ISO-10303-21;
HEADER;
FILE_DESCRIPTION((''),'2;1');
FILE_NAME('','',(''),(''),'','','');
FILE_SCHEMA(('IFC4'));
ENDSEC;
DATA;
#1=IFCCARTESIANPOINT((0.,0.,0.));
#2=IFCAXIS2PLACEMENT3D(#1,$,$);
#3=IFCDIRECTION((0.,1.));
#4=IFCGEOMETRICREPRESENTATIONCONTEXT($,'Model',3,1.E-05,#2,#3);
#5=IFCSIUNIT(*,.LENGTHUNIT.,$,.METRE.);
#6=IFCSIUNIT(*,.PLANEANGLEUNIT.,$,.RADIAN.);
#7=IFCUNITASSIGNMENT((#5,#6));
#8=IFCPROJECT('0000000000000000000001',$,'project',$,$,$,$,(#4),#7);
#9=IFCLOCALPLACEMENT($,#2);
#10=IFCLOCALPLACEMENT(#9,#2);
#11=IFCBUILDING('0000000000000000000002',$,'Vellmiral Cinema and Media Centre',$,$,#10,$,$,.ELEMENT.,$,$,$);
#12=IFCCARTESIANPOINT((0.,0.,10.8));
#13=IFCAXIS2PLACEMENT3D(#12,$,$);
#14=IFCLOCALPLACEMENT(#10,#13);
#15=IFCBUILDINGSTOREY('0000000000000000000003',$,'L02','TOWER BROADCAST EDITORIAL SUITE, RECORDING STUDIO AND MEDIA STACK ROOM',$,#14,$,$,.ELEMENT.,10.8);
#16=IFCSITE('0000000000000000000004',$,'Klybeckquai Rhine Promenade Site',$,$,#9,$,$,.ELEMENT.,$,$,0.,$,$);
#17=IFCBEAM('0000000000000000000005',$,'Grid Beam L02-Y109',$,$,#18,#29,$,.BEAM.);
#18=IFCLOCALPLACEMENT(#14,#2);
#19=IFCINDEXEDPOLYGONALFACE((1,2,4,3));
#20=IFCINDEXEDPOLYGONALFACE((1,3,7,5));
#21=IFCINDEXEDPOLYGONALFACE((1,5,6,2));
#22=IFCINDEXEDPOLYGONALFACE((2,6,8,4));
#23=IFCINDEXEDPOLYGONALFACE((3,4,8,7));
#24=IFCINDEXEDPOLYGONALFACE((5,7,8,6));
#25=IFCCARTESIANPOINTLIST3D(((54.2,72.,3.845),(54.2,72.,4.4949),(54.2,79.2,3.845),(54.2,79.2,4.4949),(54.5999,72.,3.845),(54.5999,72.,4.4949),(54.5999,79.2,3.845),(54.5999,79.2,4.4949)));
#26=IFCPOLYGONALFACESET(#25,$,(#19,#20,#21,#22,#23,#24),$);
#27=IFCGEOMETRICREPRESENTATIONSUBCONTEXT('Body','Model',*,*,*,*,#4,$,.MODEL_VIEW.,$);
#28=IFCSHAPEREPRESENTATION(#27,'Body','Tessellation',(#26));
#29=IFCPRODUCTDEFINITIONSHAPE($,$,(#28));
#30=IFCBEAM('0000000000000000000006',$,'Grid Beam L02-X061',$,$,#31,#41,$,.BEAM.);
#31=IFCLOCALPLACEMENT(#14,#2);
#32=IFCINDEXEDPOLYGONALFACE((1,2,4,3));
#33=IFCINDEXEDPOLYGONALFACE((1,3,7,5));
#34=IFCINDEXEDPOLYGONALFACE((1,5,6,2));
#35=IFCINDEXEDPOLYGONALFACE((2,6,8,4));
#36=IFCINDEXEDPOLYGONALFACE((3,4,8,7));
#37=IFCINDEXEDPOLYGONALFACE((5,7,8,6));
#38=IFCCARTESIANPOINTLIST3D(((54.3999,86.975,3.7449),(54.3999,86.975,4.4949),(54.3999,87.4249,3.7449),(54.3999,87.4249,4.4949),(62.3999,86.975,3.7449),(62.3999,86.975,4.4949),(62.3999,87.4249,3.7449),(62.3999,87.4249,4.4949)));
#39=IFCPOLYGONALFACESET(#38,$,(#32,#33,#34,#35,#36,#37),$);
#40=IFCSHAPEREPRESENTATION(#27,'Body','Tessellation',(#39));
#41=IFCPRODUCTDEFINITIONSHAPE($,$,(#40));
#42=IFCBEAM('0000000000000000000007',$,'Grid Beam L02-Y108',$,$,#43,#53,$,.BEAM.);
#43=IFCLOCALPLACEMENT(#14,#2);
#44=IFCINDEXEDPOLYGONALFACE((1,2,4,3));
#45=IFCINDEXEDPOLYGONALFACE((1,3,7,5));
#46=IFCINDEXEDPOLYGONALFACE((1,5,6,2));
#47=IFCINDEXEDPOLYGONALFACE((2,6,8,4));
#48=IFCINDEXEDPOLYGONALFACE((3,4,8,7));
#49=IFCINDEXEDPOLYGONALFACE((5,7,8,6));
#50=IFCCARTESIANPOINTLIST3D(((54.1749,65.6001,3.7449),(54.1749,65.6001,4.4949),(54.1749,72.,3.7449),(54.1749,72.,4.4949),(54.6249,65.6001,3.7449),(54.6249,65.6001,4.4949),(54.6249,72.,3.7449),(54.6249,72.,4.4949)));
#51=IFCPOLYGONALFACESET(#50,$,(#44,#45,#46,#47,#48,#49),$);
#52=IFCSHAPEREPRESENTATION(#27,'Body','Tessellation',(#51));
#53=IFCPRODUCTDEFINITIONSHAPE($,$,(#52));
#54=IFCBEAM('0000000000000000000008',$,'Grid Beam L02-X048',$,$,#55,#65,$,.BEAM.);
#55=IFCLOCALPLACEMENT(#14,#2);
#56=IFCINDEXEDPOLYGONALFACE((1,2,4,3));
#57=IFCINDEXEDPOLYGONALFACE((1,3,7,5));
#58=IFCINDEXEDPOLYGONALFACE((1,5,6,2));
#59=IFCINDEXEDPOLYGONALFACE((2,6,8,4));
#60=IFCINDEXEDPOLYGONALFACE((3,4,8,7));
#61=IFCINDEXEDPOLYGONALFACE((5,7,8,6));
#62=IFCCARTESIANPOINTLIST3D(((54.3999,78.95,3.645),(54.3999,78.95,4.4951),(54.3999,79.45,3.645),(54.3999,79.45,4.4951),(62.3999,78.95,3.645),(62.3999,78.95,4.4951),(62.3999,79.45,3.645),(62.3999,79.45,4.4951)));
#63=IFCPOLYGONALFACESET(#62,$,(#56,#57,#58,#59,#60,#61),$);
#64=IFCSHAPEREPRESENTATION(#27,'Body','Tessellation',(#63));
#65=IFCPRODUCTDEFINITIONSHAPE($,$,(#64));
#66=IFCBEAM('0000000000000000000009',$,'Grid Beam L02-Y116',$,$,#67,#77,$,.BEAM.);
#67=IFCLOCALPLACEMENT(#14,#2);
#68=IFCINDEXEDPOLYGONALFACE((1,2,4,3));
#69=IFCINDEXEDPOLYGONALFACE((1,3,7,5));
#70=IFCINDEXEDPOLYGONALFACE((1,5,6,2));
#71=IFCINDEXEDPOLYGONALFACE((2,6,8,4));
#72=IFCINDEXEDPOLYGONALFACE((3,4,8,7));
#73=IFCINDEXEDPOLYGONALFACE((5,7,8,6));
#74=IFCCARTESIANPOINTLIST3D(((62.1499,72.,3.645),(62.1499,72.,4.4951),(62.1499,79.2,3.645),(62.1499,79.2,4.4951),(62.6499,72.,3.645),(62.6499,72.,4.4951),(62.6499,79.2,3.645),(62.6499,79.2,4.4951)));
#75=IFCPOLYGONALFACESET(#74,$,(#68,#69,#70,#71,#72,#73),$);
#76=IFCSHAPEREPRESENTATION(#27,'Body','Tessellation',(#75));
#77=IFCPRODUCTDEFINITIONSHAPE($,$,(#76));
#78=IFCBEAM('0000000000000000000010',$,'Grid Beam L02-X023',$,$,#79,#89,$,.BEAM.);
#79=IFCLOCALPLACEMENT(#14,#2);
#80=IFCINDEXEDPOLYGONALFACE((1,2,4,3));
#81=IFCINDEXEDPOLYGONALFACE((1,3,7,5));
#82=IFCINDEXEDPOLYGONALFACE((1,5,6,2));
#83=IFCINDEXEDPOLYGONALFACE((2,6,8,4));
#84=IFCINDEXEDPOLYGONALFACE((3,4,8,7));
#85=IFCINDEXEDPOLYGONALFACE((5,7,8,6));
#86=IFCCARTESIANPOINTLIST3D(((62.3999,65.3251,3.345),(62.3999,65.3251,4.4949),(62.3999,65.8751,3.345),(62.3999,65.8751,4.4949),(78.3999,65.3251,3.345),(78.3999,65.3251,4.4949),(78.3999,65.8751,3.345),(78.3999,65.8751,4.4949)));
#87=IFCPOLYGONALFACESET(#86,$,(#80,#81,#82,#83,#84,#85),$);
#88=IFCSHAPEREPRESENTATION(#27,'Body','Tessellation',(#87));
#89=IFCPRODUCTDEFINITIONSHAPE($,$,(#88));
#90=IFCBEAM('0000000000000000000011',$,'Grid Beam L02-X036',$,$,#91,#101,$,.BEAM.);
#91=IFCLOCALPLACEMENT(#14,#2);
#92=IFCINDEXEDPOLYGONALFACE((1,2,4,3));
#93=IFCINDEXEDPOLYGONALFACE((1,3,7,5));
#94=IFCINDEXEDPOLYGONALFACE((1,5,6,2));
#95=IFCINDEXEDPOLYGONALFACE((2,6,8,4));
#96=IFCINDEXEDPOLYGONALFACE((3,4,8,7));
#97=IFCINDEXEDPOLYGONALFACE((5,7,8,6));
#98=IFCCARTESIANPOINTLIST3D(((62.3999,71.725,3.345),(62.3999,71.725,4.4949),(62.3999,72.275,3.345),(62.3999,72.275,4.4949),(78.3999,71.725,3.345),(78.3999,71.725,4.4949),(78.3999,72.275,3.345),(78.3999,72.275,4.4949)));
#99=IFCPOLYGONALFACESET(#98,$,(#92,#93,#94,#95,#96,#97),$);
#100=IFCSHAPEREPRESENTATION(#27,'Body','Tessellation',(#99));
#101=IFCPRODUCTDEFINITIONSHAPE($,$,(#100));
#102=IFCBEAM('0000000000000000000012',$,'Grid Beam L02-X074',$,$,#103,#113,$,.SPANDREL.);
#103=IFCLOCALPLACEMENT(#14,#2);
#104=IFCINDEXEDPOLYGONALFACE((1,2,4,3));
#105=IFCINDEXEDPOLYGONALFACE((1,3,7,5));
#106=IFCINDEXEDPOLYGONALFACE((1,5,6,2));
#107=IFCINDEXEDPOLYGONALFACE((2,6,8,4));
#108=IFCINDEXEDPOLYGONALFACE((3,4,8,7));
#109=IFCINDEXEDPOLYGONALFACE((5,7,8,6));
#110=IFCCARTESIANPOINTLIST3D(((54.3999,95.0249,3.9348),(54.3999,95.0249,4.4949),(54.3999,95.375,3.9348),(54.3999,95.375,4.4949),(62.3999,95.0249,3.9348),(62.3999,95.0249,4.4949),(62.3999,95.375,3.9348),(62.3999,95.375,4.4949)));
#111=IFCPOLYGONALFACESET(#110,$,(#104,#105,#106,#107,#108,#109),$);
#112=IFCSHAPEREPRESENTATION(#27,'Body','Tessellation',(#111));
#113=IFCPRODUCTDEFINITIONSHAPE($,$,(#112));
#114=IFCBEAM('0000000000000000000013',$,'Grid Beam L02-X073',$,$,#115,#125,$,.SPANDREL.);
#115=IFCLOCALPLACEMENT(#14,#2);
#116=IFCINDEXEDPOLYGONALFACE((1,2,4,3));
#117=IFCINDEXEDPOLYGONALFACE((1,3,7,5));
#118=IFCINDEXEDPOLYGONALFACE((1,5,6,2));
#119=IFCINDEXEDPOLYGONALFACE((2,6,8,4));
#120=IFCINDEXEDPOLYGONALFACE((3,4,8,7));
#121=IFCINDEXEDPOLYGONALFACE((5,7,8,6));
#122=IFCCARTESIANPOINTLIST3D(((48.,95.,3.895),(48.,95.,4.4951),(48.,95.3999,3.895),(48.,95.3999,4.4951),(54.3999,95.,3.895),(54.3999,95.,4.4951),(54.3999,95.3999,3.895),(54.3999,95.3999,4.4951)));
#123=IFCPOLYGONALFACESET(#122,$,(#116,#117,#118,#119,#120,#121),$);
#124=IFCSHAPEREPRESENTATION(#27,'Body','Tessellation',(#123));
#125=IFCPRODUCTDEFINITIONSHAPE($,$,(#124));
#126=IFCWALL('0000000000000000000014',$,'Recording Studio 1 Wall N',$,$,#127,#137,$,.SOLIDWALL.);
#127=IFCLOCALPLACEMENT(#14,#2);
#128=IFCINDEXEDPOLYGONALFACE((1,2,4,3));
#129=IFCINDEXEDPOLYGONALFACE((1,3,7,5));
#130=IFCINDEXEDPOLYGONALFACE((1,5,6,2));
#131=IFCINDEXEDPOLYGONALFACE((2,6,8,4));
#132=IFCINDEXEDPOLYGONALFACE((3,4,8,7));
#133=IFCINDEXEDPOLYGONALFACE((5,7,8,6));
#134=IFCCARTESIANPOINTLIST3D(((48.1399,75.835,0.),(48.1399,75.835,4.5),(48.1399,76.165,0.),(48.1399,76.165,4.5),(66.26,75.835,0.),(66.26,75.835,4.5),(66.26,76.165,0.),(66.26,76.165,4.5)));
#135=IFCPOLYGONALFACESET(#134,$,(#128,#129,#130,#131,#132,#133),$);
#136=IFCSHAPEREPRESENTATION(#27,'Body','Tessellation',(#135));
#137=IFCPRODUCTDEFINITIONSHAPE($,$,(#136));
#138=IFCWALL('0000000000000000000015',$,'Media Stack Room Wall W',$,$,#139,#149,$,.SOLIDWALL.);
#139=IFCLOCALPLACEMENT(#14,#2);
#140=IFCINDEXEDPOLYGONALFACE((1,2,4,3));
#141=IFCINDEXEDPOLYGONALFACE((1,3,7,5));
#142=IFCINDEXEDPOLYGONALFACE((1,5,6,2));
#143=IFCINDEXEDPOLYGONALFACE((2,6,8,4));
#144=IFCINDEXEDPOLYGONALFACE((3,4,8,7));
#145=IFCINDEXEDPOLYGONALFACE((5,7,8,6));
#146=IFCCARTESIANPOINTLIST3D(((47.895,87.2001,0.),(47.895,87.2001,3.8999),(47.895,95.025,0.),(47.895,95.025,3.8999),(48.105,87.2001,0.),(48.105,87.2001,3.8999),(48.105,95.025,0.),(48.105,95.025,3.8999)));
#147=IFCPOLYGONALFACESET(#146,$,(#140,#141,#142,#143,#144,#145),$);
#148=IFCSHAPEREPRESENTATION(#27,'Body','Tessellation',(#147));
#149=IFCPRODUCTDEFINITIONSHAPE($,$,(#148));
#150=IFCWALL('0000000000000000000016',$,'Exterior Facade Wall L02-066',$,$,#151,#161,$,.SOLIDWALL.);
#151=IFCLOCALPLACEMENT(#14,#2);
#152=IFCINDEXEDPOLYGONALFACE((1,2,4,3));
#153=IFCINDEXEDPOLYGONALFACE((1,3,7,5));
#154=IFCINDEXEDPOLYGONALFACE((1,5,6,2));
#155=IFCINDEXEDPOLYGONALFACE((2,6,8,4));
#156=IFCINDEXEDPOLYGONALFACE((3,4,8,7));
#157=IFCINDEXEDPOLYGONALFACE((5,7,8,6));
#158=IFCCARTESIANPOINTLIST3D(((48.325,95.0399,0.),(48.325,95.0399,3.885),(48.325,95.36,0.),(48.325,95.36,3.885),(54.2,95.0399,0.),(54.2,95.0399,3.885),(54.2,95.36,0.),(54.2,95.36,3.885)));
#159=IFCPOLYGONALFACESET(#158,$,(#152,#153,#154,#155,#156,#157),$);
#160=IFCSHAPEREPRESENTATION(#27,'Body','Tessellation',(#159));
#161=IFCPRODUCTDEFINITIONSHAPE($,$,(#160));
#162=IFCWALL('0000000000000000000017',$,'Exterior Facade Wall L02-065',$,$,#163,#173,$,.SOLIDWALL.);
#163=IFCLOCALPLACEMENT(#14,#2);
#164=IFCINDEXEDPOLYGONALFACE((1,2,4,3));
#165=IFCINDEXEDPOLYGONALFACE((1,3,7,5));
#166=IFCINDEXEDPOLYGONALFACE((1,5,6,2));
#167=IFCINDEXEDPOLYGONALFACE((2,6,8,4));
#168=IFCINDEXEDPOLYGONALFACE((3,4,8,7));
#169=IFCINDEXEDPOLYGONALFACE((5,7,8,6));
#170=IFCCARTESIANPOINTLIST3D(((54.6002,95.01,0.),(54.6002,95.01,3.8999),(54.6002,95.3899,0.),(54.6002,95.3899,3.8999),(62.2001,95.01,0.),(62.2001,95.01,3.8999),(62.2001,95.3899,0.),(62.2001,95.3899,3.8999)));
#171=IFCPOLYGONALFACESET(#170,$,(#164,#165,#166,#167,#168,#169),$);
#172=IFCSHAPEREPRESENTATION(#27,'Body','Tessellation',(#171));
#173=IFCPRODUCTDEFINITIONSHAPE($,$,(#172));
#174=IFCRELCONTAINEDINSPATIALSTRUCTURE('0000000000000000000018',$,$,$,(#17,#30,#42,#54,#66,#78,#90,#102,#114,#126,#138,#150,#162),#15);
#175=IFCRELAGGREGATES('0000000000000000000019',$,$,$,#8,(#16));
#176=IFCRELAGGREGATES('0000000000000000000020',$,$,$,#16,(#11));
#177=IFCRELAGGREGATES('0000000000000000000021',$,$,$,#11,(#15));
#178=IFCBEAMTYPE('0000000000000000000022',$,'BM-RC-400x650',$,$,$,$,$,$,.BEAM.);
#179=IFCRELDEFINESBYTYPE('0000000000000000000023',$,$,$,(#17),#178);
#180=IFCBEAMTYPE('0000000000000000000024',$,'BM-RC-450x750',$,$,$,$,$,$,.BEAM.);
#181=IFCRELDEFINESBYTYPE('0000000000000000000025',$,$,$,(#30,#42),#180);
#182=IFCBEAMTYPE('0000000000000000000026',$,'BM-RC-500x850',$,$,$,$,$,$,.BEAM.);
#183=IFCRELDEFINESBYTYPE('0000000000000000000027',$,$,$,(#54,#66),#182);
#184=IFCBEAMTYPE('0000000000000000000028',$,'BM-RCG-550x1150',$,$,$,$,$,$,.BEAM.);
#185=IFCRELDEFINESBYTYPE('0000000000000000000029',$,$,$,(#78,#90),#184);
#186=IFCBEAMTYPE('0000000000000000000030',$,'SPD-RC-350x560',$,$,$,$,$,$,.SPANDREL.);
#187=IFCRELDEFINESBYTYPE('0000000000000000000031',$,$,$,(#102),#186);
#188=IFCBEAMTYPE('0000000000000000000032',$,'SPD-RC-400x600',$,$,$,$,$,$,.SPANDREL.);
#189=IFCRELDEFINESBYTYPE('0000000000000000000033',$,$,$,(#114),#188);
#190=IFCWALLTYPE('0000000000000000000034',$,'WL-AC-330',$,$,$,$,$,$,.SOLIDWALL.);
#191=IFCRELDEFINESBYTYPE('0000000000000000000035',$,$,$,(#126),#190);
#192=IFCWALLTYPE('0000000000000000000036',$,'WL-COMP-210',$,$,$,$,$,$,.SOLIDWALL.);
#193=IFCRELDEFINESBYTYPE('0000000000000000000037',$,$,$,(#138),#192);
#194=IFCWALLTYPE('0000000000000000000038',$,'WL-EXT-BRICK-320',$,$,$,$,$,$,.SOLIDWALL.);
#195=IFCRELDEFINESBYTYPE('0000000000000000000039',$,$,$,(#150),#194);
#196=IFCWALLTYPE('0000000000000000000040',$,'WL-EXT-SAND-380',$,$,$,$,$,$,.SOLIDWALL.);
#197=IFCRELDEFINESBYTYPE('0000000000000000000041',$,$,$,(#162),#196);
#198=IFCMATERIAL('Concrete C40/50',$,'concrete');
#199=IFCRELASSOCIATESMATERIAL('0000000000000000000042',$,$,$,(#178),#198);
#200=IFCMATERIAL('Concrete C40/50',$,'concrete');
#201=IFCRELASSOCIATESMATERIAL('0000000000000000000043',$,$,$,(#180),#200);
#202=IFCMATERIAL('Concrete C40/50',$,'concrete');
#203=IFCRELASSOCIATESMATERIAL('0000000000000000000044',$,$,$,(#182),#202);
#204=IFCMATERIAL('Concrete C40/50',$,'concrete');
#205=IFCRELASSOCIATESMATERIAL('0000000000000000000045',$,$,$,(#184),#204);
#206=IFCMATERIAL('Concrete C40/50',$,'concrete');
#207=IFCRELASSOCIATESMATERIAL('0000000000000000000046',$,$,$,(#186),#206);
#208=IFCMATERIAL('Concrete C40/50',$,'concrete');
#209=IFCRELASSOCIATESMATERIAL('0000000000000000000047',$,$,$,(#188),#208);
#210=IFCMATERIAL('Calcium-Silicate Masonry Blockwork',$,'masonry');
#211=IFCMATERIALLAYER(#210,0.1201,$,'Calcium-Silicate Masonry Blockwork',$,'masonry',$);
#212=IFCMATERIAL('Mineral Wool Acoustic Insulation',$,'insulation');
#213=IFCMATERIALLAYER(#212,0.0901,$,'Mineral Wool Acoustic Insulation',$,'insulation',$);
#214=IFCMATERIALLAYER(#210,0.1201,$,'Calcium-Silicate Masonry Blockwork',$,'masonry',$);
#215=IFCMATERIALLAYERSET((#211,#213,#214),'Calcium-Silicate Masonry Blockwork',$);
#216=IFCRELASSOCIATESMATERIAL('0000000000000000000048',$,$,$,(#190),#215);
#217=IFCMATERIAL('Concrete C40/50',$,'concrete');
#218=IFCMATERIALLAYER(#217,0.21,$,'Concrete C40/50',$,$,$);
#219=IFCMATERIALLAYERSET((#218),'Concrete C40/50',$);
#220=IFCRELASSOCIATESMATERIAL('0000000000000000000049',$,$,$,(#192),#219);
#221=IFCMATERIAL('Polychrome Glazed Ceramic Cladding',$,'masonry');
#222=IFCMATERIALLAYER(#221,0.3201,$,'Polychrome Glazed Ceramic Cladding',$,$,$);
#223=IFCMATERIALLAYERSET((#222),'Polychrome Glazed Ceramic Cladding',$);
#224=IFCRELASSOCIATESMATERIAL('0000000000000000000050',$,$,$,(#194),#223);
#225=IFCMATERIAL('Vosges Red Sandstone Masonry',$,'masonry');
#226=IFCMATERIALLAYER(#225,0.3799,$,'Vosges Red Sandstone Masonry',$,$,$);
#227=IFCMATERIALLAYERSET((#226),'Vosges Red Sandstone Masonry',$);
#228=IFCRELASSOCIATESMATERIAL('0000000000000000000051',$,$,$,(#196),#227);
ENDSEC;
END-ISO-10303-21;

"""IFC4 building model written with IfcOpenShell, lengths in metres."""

from ifc_helpers import new_model, si_unit, direction, frame, frame_2d, origin, origin_2d, place, context, subcontext, project, spatial, rectangle, extrude, material, layer, layer_set, material_profile, profile_set, type_object, element, save


model = new_model("IFC4")

# Units and contexts
model_context = context("Model", 3, precision=1e-05, world=origin(), true_north=direction((0.0, 1.0)))
body_context = subcontext(model_context, "Body", "Model", "MODEL_VIEW")
ifc_project = project(units=[si_unit("LENGTHUNIT", "METRE"), si_unit("PLANEANGLEUNIT", "RADIAN")], contexts=[model_context])

# Site, building, storey
site_placement = place(None, origin())
site = spatial("IfcSite", under=ifc_project, at=site_placement, Name="Klybeckquai Rhine Promenade Site", CompositionType="ELEMENT", RefElevation=0.0)
building_placement = place(site_placement, origin())
building = spatial("IfcBuilding", under=site, at=building_placement, Name="Vellmiral Cinema and Media Centre", CompositionType="ELEMENT")
storey_placement = place(building_placement, frame((0.0, 0.0, 10.8)))
storey = spatial("IfcBuildingStorey", under=building, at=storey_placement, Name="L02", Description="TOWER BROADCAST EDITORIAL SUITE, RECORDING STUDIO AND MEDIA STACK ROOM", CompositionType="ELEMENT", Elevation=10.8)

# Beams
ifc_material_1 = material(Name="Concrete C40/50", Category="concrete")
ifc_material_profile_1 = material_profile(ifc_material_1, rectangle(XDim=0.3999, YDim=0.6499, at=origin_2d()), Name="RC 400x650")
ifc_profile_set_1 = profile_set([ifc_material_profile_1], Name="Concrete C40/50")
beam_type_1 = type_object("IfcBeamType", Name="BM-RC-400x650", PredefinedType="BEAM", material=ifc_profile_set_1)
beam_1_placement = place(storey_placement, frame((54.3999, 72.0, 4.1699), z_axis=(0.0, 1.0, 0.0), x_axis=(-1.0, 0.0, 0.0)))
element("IfcBeam", 1, at=beam_1_placement, inside=storey, type_object=beam_type_1, Name="Grid Beam L02-Y109", PredefinedType="BEAM", context=body_context, shape_type="SweptSolid", body=[
    extrude(rectangle(XDim=0.3999, YDim=0.6499, at=origin_2d()), origin(), (0.0, 0.0, 1.0), 7.2),
])
ifc_material_2 = material(Name="Concrete C40/50", Category="concrete")
ifc_material_profile_2 = material_profile(ifc_material_2, rectangle(XDim=0.45, YDim=0.75, at=origin_2d()), Name="RC 450x750")
ifc_profile_set_2 = profile_set([ifc_material_profile_2], Name="Concrete C40/50")
beam_type_2 = type_object("IfcBeamType", Name="BM-RC-450x750", PredefinedType="BEAM", material=ifc_profile_set_2)
beam_2_placement = place(storey_placement, frame((54.3999, 87.2, 4.1199), z_axis=(1.0, 0.0, 0.0), x_axis=(0.0, 1.0, 0.0)))
element("IfcBeam", 2, at=beam_2_placement, inside=storey, type_object=beam_type_2, Name="Grid Beam L02-X061", PredefinedType="BEAM", context=body_context, shape_type="SweptSolid", body=[
    extrude(rectangle(XDim=0.45, YDim=0.75, at=origin_2d()), origin(), (0.0, 0.0, 1.0), 8.0),
])
beam_3_placement = place(storey_placement, frame((54.3999, 65.6001, 4.1199), z_axis=(0.0, 1.0, 0.0), x_axis=(-1.0, 0.0, 0.0)))
element("IfcBeam", 3, at=beam_3_placement, inside=storey, type_object=beam_type_2, Name="Grid Beam L02-Y108", PredefinedType="BEAM", context=body_context, shape_type="SweptSolid", body=[
    extrude(rectangle(XDim=0.45, YDim=0.75, at=origin_2d()), origin(), (0.0, 0.0, 1.0), 6.3999),
])
ifc_material_3 = material(Name="Concrete C40/50", Category="concrete")
ifc_material_profile_3 = material_profile(ifc_material_3, rectangle(XDim=0.5, YDim=0.8501, at=origin_2d()), Name="RC 500x850")
ifc_profile_set_3 = profile_set([ifc_material_profile_3], Name="Concrete C40/50")
beam_type_3 = type_object("IfcBeamType", Name="BM-RC-500x850", PredefinedType="BEAM", material=ifc_profile_set_3)
beam_4_placement = place(storey_placement, frame((54.3999, 79.2, 4.0701), z_axis=(1.0, 0.0, 0.0), x_axis=(0.0, 1.0, 0.0)))
element("IfcBeam", 4, at=beam_4_placement, inside=storey, type_object=beam_type_3, Name="Grid Beam L02-X048", PredefinedType="BEAM", context=body_context, shape_type="SweptSolid", body=[
    extrude(rectangle(XDim=0.5, YDim=0.8501, at=origin_2d()), origin(), (0.0, 0.0, 1.0), 8.0),
])
beam_5_placement = place(storey_placement, frame((62.3999, 72.0, 4.0701), z_axis=(0.0, 1.0, 0.0), x_axis=(-1.0, 0.0, 0.0)))
element("IfcBeam", 5, at=beam_5_placement, inside=storey, type_object=beam_type_3, Name="Grid Beam L02-Y116", PredefinedType="BEAM", context=body_context, shape_type="SweptSolid", body=[
    extrude(rectangle(XDim=0.5, YDim=0.8501, at=origin_2d()), origin(), (0.0, 0.0, 1.0), 7.2),
])
ifc_material_4 = material(Name="Concrete C40/50", Category="concrete")
ifc_material_profile_4 = material_profile(ifc_material_4, rectangle(XDim=0.55, YDim=1.1499, at=origin_2d()), Name="RC 550x1150")
ifc_profile_set_4 = profile_set([ifc_material_profile_4], Name="Concrete C40/50")
beam_type_4 = type_object("IfcBeamType", Name="BM-RCG-550x1150", PredefinedType="BEAM", material=ifc_profile_set_4)
for number, where, z_axis, x_axis, name in (
    (6, (62.3999, 65.6001, 3.9199), (1.0, 0.0, 0.0), (0.0, 1.0, 0.0), "Grid Beam L02-X023"),
    (7, (62.3999, 72.0, 3.9199), (1.0, 0.0, 0.0), (0.0, 1.0, 0.0), "Grid Beam L02-X036"),
):
    element("IfcBeam", number, at=place(storey_placement, frame(where, z_axis=z_axis, x_axis=x_axis)), inside=storey, type_object=beam_type_4, Name=name, PredefinedType="BEAM", context=body_context, shape_type="SweptSolid", body=[
        extrude(rectangle(XDim=0.55, YDim=1.1499, at=origin_2d()), origin(), (0.0, 0.0, 1.0), 16.0),
    ])
ifc_material_5 = material(Name="Concrete C40/50", Category="concrete")
ifc_material_profile_5 = material_profile(ifc_material_5, rectangle(XDim=0.3501, YDim=0.5601, at=origin_2d()), Name="RC 350x560")
ifc_profile_set_5 = profile_set([ifc_material_profile_5], Name="Concrete C40/50")
beam_type_5 = type_object("IfcBeamType", Name="SPD-RC-350x560", PredefinedType="SPANDREL", material=ifc_profile_set_5)
beam_6_placement = place(storey_placement, frame((54.3999, 95.2, 4.2148), z_axis=(1.0, 0.0, 0.0), x_axis=(0.0, 1.0, 0.0)))
element("IfcBeam", 8, at=beam_6_placement, inside=storey, type_object=beam_type_5, Name="Grid Beam L02-X074", PredefinedType="SPANDREL", context=body_context, shape_type="SweptSolid", body=[
    extrude(rectangle(XDim=0.3501, YDim=0.5601, at=origin_2d()), origin(), (0.0, 0.0, 1.0), 8.0),
])
ifc_material_6 = material(Name="Concrete C40/50", Category="concrete")
ifc_material_profile_6 = material_profile(ifc_material_6, rectangle(XDim=0.3999, YDim=0.6001, at=origin_2d()), Name="RC 400x600")
ifc_profile_set_6 = profile_set([ifc_material_profile_6], Name="Concrete C40/50")
beam_type_6 = type_object("IfcBeamType", Name="SPD-RC-400x600", PredefinedType="SPANDREL", material=ifc_profile_set_6)
beam_7_placement = place(storey_placement, frame((48.0, 95.2, 4.1951), z_axis=(1.0, 0.0, 0.0), x_axis=(0.0, 1.0, 0.0)))
element("IfcBeam", 9, at=beam_7_placement, inside=storey, type_object=beam_type_6, Name="Grid Beam L02-X073", PredefinedType="SPANDREL", context=body_context, shape_type="SweptSolid", body=[
    extrude(rectangle(XDim=0.3999, YDim=0.6001, at=origin_2d()), origin(), (0.0, 0.0, 1.0), 6.3999),
])

# Walls
ifc_material_7 = material(Name="Calcium-Silicate Masonry Blockwork", Category="masonry")
ifc_layer_1 = layer(ifc_material_7, 0.1201, Name="Calcium-Silicate Masonry Blockwork", Category="masonry")
ifc_material_8 = material(Name="Mineral Wool Acoustic Insulation", Category="insulation")
ifc_layer_2 = layer(ifc_material_8, 0.0901, Name="Mineral Wool Acoustic Insulation", Category="insulation")
ifc_layer_3 = layer(ifc_material_7, 0.1201, Name="Calcium-Silicate Masonry Blockwork", Category="masonry")
ifc_layer_set_1 = layer_set([ifc_layer_1, ifc_layer_2, ifc_layer_3], Name="Calcium-Silicate Masonry Blockwork")
wall_type_1 = type_object("IfcWallType", Name="WL-AC-330", PredefinedType="SOLIDWALL", material=ifc_layer_set_1)
wall_1_placement = place(storey_placement, frame((48.1399, 76.0, 0.0), z_axis=(0.0, 0.0, 1.0), x_axis=(1.0, 0.0, 0.0)))
element("IfcWall", 10, at=wall_1_placement, inside=storey, type_object=wall_type_1, Name="Recording Studio 1 Wall N", PredefinedType="SOLIDWALL", context=body_context, shape_type="SweptSolid", body=[
    extrude(rectangle(XDim=18.1201, YDim=0.3301, at=frame_2d((9.0601, 0.0))), origin(), (0.0, 0.0, 1.0), 4.5),
])
ifc_material_9 = material(Name="Concrete C40/50", Category="concrete")
ifc_layer_4 = layer(ifc_material_9, 0.21, Name="Concrete C40/50")
ifc_layer_set_2 = layer_set([ifc_layer_4], Name="Concrete C40/50")
wall_type_2 = type_object("IfcWallType", Name="WL-COMP-210", PredefinedType="SOLIDWALL", material=ifc_layer_set_2)
wall_2_placement = place(storey_placement, frame((48.0, 87.2, 0.0), z_axis=(0.0, 0.0, 1.0), x_axis=(0.0, 1.0, 0.0)))
element("IfcWall", 11, at=wall_2_placement, inside=storey, type_object=wall_type_2, Name="Media Stack Room Wall W", PredefinedType="SOLIDWALL", context=body_context, shape_type="SweptSolid", body=[
    extrude(rectangle(XDim=7.825, YDim=0.21, at=frame_2d((3.9126, 0.0))), origin(), (0.0, 0.0, 1.0), 3.8999),
])
ifc_material_10 = material(Name="Polychrome Glazed Ceramic Cladding", Category="masonry")
ifc_layer_5 = layer(ifc_material_10, 0.3201, Name="Polychrome Glazed Ceramic Cladding")
ifc_layer_set_3 = layer_set([ifc_layer_5], Name="Polychrome Glazed Ceramic Cladding")
wall_type_3 = type_object("IfcWallType", Name="WL-EXT-BRICK-320", PredefinedType="SOLIDWALL", material=ifc_layer_set_3)
wall_3_placement = place(storey_placement, frame((54.2, 95.2, 0.0), z_axis=(0.0, 0.0, 1.0), x_axis=(-1.0, 0.0, 0.0)))
element("IfcWall", 12, at=wall_3_placement, inside=storey, type_object=wall_type_3, Name="Exterior Facade Wall L02-066", PredefinedType="SOLIDWALL", context=body_context, shape_type="SweptSolid", body=[
    extrude(rectangle(XDim=5.875, YDim=0.3201, at=frame_2d((2.9375, 0.0))), origin(), (0.0, 0.0, 1.0), 3.885),
])
ifc_material_11 = material(Name="Vosges Red Sandstone Masonry", Category="masonry")
ifc_layer_6 = layer(ifc_material_11, 0.3799, Name="Vosges Red Sandstone Masonry")
ifc_layer_set_4 = layer_set([ifc_layer_6], Name="Vosges Red Sandstone Masonry")
wall_type_4 = type_object("IfcWallType", Name="WL-EXT-SAND-380", PredefinedType="SOLIDWALL", material=ifc_layer_set_4)
wall_4_placement = place(storey_placement, frame((62.2, 95.2, 0.0), z_axis=(0.0, 0.0, 1.0), x_axis=(-1.0, 0.0, 0.0)))
element("IfcWall", 13, at=wall_4_placement, inside=storey, type_object=wall_type_4, Name="Exterior Facade Wall L02-065", PredefinedType="SOLIDWALL", context=body_context, shape_type="SweptSolid", body=[
    extrude(rectangle(XDim=7.5999, YDim=0.3799, at=frame_2d((3.7998, 0.0))), origin(), (0.0, 0.0, 1.0), 3.8999),
])

save(model, "model.ifc")
